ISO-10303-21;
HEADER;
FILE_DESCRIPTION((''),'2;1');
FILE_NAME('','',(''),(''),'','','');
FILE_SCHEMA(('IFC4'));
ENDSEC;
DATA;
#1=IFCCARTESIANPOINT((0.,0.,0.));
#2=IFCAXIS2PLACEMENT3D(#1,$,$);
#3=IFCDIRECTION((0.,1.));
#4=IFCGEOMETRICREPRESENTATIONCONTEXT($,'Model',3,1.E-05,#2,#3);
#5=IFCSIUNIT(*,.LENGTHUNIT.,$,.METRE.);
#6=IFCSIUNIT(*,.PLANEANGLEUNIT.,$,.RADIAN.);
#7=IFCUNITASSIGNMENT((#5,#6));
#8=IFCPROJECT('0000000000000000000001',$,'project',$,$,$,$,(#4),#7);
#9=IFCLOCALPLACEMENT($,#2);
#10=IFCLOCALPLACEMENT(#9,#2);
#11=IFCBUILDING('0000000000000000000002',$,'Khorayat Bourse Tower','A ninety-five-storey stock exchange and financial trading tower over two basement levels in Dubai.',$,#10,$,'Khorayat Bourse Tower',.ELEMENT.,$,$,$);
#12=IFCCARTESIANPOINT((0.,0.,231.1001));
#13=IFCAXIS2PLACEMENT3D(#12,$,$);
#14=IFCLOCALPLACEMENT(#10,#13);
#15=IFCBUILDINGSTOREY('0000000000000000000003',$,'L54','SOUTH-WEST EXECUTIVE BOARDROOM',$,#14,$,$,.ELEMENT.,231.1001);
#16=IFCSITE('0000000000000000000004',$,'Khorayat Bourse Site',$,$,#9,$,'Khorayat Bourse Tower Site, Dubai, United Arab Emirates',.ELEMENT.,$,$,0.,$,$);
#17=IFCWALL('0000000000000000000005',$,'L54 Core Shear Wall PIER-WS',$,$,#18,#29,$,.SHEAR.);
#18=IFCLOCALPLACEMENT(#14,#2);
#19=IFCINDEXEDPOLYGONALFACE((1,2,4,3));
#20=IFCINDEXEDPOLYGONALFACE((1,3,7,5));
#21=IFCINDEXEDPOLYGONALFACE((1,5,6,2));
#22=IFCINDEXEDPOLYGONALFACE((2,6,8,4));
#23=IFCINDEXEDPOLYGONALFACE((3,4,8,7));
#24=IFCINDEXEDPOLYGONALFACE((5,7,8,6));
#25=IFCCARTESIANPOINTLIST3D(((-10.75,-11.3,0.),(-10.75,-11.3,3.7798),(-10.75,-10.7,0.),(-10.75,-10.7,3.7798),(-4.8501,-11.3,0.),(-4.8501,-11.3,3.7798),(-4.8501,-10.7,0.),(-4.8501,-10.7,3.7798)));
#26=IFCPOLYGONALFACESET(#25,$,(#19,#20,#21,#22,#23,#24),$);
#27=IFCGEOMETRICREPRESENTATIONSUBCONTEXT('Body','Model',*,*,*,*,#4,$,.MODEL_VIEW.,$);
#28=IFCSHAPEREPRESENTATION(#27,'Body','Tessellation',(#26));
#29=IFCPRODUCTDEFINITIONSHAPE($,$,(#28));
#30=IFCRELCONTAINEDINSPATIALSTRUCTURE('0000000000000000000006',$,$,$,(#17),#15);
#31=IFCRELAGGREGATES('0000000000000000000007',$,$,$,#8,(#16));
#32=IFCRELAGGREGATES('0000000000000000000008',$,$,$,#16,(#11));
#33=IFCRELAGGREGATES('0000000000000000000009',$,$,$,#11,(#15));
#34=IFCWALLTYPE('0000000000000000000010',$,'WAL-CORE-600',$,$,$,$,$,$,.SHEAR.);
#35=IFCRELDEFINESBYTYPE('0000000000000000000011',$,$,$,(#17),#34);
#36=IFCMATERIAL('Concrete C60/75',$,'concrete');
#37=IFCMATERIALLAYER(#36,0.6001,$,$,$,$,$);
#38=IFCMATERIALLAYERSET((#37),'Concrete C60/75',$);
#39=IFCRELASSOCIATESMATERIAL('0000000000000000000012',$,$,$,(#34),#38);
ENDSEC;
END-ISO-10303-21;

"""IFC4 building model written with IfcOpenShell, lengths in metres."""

from ifc_helpers import new_model, si_unit, direction, frame, frame_2d, origin, place, context, subcontext, project, spatial, rectangle, extrude, source, transform, mapped, material, layer, layer_set, type_object, element, save


model = new_model("IFC4")

# Units and contexts
model_context = context("Model", 3, precision=1e-05, world=origin(), true_north=direction((0.0, 1.0)))
body_context = subcontext(model_context, "Body", "Model", "MODEL_VIEW")
ifc_project = project(units=[si_unit("LENGTHUNIT", "METRE"), si_unit("PLANEANGLEUNIT", "RADIAN")], contexts=[model_context])

# Site, building, storey
site_placement = place(None, origin())
site = spatial("IfcSite", under=ifc_project, at=site_placement, Name="Khorayat Bourse Site", LongName="Khorayat Bourse Tower Site, Dubai, United Arab Emirates", CompositionType="ELEMENT", RefElevation=0.0)
building_placement = place(site_placement, origin())
building = spatial("IfcBuilding", under=site, at=building_placement, Name="Khorayat Bourse Tower", Description="A ninety-five-storey stock exchange and financial trading tower over two basement levels in Dubai.", LongName="Khorayat Bourse Tower", CompositionType="ELEMENT")
storey_placement = place(building_placement, frame((0.0, 0.0, 231.1001)))
storey = spatial("IfcBuildingStorey", under=building, at=storey_placement, Name="L54", Description="SOUTH-WEST EXECUTIVE BOARDROOM", CompositionType="ELEMENT", Elevation=231.1001)

# Shared definitions
ifc_material_1 = material(Name="Concrete C60/75", Category="concrete")

# Wall
ifc_layer_1 = layer(ifc_material_1, 0.6001)
ifc_layer_set_1 = layer_set([ifc_layer_1], Name="Concrete C60/75")
wall_type_1 = type_object("IfcWallType", Name="WAL-CORE-600", PredefinedType="SHEAR", material=ifc_layer_set_1)
shared_shape_1 = source(origin(), body_context, "Body", "SweptSolid", [
    extrude(rectangle(XDim=5.8999, YDim=0.6001, at=frame_2d((2.95, 0.0))), origin(), (0.0, 0.0, 1.0), 3.7798),
])
wall_1_placement = place(storey_placement, frame((-10.75, -11.0, 0.0), z_axis=(0.0, 0.0, 1.0), x_axis=(1.0, 0.0, 0.0)))
element("IfcWall", 1, at=wall_1_placement, inside=storey, type_object=wall_type_1, Name="L54 Core Shear Wall PIER-WS", PredefinedType="SHEAR", context=body_context, shape_type="MappedRepresentation", body=[
    mapped(shared_shape_1, transform((0.0, 0.0, 0.0), scale=1.0)),
])

save(model, "model.ifc")
